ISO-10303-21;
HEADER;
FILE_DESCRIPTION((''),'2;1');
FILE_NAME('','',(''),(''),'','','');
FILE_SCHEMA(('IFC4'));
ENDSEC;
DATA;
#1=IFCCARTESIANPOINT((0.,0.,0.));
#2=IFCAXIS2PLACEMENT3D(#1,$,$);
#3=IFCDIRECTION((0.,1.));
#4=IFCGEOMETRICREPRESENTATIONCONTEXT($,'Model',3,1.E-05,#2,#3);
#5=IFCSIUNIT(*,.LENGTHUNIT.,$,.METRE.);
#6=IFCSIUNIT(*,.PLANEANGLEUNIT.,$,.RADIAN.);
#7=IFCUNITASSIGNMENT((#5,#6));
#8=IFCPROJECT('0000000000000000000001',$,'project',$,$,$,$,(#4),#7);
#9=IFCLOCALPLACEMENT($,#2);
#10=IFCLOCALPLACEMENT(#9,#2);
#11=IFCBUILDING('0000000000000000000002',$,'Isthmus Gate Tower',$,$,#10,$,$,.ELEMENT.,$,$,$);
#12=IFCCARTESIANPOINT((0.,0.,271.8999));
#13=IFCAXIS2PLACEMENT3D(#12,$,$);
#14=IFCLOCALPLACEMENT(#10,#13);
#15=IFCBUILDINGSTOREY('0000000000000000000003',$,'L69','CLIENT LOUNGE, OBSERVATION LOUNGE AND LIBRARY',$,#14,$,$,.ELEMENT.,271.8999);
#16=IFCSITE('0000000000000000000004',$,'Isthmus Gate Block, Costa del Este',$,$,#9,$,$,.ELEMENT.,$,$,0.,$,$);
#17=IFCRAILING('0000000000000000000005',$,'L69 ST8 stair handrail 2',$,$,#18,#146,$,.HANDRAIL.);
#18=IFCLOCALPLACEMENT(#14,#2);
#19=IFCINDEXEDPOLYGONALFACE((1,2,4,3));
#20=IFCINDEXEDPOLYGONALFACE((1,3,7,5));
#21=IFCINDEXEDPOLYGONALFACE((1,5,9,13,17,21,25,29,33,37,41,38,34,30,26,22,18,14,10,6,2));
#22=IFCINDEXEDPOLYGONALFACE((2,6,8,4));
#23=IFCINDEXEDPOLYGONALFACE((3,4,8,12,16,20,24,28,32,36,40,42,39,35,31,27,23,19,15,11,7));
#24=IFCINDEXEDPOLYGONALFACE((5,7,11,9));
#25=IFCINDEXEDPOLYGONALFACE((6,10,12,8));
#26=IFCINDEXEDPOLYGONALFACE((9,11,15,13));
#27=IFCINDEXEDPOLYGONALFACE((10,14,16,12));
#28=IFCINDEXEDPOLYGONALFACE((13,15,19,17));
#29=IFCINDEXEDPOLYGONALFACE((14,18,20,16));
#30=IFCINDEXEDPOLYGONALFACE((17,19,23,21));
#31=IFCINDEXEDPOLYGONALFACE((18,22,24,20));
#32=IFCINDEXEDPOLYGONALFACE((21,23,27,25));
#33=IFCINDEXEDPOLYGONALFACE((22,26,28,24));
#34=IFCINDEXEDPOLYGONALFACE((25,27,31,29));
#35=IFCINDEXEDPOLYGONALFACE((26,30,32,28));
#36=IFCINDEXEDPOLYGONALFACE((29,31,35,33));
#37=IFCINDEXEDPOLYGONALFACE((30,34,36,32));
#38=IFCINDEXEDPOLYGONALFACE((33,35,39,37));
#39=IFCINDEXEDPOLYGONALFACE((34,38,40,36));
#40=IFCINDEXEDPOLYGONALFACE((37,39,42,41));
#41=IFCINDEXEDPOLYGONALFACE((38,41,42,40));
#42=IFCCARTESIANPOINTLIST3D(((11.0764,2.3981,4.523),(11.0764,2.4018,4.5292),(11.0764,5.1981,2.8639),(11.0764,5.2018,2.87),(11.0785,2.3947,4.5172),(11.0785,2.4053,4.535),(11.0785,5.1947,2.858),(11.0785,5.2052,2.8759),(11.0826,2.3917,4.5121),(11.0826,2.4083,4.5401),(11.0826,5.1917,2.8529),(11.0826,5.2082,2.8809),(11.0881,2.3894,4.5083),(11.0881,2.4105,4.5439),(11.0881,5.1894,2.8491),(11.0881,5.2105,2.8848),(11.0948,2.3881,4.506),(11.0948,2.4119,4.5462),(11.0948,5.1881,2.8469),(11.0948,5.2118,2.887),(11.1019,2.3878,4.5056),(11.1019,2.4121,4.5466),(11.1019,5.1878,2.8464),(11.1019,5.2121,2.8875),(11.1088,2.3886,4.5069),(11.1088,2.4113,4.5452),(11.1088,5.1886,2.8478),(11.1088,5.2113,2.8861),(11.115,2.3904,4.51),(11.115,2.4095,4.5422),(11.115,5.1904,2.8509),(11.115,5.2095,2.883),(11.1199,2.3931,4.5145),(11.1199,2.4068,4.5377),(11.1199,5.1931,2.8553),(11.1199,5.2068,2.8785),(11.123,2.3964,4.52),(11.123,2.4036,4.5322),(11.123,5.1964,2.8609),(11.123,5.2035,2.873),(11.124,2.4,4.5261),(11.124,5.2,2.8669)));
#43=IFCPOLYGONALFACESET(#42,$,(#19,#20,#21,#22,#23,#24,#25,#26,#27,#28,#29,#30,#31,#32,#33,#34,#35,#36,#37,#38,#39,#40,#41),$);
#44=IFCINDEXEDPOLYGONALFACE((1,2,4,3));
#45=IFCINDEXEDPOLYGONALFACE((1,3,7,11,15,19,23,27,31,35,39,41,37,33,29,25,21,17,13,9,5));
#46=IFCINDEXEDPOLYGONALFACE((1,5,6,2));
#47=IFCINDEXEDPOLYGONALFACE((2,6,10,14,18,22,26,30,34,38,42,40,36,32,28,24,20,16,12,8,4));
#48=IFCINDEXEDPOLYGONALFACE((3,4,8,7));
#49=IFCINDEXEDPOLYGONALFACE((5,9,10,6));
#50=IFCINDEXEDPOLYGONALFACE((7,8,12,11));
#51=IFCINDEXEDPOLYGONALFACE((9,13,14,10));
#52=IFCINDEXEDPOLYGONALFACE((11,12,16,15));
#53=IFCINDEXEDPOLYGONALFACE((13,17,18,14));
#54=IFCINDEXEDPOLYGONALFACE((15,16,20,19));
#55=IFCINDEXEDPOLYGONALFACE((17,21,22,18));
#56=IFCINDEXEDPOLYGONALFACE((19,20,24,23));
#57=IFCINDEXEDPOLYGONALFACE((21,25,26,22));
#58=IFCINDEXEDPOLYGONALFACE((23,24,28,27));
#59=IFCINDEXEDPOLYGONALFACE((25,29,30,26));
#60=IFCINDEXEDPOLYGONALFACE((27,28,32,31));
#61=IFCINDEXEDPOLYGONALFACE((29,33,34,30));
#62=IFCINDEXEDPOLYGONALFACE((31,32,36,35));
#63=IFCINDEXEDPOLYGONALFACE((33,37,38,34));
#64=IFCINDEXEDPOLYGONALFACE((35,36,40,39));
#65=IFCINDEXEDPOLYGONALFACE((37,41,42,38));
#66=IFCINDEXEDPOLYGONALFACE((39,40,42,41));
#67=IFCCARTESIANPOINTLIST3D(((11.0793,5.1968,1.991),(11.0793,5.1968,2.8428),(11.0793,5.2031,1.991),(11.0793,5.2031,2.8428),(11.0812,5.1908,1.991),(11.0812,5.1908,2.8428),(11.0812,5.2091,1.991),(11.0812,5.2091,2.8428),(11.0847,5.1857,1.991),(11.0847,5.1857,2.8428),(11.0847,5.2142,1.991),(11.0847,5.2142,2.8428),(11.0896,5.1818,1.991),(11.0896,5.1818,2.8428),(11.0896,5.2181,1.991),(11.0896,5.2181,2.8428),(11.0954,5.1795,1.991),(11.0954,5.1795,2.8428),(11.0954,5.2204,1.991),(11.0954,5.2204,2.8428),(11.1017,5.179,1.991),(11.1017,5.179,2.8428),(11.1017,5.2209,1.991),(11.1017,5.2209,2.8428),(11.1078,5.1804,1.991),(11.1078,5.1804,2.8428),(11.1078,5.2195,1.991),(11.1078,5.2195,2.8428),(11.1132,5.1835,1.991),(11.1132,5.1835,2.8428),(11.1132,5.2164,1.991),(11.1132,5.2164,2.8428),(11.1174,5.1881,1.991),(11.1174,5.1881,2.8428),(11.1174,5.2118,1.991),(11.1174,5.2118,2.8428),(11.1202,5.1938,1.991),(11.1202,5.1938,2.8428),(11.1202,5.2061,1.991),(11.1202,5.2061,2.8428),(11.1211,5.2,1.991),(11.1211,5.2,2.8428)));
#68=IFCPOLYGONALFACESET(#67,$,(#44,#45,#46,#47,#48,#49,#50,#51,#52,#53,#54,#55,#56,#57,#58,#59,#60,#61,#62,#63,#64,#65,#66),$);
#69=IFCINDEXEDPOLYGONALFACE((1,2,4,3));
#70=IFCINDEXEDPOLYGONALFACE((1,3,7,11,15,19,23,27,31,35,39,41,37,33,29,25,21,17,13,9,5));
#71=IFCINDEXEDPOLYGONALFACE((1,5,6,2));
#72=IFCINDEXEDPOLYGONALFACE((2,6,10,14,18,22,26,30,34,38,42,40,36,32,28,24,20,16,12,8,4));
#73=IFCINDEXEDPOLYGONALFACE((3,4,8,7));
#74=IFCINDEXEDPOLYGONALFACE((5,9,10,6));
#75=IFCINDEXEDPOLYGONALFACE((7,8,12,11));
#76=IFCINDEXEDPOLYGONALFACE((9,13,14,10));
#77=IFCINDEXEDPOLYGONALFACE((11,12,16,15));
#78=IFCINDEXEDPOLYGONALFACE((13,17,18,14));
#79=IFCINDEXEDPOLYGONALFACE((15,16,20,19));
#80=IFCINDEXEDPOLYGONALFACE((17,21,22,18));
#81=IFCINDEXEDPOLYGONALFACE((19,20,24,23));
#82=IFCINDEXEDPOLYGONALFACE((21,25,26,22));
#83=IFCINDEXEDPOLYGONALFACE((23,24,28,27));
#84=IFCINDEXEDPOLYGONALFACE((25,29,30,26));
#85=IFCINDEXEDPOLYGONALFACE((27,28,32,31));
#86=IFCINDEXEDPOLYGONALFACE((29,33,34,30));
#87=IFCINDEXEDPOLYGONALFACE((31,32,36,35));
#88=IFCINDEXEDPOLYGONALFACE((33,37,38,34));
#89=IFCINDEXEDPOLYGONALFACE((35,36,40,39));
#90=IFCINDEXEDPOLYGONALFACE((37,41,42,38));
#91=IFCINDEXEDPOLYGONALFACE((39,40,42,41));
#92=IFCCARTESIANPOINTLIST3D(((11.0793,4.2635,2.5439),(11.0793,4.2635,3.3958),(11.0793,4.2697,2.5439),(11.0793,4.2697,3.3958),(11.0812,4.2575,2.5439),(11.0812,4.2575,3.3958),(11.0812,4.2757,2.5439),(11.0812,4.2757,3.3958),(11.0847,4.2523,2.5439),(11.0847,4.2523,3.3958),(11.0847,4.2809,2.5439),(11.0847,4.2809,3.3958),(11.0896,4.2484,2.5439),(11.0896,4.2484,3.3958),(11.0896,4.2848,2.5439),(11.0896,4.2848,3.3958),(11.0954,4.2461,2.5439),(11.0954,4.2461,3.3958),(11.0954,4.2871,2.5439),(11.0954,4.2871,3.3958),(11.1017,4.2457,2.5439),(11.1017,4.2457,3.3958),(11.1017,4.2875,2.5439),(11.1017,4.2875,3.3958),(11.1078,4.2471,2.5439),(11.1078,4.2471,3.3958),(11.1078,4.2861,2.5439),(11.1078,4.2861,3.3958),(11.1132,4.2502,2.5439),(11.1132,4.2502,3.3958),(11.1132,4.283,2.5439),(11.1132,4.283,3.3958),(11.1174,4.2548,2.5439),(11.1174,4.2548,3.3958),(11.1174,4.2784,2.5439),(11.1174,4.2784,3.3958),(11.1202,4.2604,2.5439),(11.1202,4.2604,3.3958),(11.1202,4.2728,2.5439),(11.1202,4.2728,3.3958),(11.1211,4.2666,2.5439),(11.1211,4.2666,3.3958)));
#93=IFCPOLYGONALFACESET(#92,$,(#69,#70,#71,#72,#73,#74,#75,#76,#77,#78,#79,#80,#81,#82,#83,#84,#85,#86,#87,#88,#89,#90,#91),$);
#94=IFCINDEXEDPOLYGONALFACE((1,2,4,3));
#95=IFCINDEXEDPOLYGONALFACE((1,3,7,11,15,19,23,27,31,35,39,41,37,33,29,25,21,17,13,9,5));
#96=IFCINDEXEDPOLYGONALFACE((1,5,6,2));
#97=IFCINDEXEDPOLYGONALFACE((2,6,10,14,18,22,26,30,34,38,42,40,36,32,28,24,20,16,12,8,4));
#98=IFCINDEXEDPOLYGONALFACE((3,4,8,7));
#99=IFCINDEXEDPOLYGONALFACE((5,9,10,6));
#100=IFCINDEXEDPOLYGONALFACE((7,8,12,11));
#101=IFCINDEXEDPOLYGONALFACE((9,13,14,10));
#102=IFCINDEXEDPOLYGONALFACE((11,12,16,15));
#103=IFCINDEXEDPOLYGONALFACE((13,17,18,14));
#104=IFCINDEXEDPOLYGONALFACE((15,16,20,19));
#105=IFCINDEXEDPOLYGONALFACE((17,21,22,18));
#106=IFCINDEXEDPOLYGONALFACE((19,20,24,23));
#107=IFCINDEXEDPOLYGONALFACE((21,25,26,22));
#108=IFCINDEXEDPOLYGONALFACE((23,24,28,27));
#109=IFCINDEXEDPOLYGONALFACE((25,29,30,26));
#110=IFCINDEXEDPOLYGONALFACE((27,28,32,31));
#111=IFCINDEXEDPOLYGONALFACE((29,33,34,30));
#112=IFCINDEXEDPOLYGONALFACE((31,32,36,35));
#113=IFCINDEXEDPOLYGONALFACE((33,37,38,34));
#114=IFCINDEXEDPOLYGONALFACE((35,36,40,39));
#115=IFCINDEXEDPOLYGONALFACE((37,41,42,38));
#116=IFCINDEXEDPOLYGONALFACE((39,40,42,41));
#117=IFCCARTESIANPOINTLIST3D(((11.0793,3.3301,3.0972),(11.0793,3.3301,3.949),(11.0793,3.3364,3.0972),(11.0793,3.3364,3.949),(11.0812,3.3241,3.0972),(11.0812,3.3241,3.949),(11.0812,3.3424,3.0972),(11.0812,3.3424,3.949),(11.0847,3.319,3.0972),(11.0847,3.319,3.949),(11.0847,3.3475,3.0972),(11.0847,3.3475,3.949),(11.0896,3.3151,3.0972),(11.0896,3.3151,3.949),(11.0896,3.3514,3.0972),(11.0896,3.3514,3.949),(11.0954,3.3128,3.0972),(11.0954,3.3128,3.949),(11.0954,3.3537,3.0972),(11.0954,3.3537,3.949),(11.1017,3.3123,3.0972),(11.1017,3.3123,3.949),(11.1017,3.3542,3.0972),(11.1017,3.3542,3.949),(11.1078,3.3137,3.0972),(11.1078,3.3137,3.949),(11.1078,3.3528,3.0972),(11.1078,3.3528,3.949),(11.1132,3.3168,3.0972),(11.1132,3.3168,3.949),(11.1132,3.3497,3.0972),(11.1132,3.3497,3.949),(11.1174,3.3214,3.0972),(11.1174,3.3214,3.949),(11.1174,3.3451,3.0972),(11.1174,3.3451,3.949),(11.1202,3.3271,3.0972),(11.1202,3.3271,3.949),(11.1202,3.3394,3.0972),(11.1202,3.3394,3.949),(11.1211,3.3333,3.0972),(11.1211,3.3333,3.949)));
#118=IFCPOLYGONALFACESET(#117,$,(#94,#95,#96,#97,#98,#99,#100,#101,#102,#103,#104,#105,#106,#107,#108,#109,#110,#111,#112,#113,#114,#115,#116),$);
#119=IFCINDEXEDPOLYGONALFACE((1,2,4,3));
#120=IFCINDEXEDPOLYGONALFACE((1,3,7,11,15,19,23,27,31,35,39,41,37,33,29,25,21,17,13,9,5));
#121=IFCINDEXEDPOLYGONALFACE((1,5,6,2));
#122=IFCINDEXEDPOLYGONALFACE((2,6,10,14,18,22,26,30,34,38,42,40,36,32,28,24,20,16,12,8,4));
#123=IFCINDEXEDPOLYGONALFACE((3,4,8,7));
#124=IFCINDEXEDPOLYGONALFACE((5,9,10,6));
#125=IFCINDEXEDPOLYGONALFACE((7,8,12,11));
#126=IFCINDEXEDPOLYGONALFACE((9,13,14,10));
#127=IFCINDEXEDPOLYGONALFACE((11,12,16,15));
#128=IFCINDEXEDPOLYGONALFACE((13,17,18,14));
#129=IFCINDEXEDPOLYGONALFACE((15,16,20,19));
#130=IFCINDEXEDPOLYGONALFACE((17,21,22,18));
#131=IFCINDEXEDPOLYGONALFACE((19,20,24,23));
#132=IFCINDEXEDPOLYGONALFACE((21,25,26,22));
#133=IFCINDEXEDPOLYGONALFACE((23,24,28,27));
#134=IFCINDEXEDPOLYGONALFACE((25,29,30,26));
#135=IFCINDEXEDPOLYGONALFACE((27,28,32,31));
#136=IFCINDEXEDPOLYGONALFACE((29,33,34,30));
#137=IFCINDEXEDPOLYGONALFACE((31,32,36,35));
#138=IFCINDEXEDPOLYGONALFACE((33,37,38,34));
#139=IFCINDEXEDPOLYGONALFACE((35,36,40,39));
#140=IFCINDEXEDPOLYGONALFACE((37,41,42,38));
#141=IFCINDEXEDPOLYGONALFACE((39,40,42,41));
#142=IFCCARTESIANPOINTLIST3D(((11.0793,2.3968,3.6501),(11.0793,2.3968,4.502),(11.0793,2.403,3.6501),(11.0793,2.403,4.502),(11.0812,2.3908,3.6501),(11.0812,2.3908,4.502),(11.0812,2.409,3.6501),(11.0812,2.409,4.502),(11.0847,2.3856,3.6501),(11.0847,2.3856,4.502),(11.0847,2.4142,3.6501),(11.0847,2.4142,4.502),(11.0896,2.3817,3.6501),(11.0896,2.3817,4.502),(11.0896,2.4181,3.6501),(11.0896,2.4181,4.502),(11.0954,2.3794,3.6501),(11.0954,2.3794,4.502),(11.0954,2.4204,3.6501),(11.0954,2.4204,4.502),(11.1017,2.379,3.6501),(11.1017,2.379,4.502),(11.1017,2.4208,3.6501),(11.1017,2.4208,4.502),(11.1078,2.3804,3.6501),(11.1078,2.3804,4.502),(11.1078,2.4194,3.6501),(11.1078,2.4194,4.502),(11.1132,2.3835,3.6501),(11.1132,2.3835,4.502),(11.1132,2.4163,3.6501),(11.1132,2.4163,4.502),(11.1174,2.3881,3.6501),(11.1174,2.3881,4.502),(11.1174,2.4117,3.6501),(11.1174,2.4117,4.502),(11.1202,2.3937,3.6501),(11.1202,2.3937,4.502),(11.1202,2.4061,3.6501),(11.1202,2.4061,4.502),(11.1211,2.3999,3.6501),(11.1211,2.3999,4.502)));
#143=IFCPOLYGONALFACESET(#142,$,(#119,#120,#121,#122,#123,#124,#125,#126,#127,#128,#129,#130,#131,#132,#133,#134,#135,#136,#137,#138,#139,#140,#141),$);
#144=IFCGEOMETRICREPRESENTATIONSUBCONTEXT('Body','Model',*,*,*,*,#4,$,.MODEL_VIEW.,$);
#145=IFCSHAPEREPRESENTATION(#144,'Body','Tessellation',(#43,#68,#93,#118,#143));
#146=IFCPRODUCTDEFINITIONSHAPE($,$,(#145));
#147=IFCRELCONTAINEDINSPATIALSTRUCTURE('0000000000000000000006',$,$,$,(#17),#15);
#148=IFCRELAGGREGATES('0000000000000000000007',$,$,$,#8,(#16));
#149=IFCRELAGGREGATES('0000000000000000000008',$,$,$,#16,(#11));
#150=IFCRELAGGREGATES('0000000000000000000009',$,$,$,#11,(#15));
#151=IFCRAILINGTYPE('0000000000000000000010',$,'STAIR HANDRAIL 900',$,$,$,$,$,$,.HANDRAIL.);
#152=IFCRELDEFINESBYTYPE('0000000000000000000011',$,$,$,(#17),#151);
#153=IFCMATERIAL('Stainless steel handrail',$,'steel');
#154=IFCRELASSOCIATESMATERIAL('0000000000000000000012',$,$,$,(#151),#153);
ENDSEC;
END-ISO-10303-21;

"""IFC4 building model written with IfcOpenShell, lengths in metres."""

from ifc_helpers import new_model, si_unit, direction, frame, origin, origin_2d, place, context, subcontext, project, spatial, circle, extrude, material, type_object, element, save


model = new_model("IFC4")

# Units and contexts
model_context = context("Model", 3, precision=1e-05, world=origin(), true_north=direction((0.0, 1.0)))
body_context = subcontext(model_context, "Body", "Model", "MODEL_VIEW")
ifc_project = project(units=[si_unit("LENGTHUNIT", "METRE"), si_unit("PLANEANGLEUNIT", "RADIAN")], contexts=[model_context])

# Site, building, storey
site_placement = place(None, origin())
site = spatial("IfcSite", under=ifc_project, at=site_placement, Name="Isthmus Gate Block, Costa del Este", CompositionType="ELEMENT", RefElevation=0.0)
building_placement = place(site_placement, origin())
building = spatial("IfcBuilding", under=site, at=building_placement, Name="Isthmus Gate Tower", CompositionType="ELEMENT")
storey_placement = place(building_placement, frame((0.0, 0.0, 271.8999)))
storey = spatial("IfcBuildingStorey", under=building, at=storey_placement, Name="L69", Description="CLIENT LOUNGE, OBSERVATION LOUNGE AND LIBRARY", CompositionType="ELEMENT", Elevation=271.8999)

# Railing
ifc_material_1 = material(Name="Stainless steel handrail", Category="steel")
railing_type = type_object("IfcRailingType", Name="STAIR HANDRAIL 900", PredefinedType="HANDRAIL", material=ifc_material_1)
for number, where, name in (
    (1, (11.1001, 5.2, 1.991), "L69 ST8 stair handrail 2"),
):
    element("IfcRailing", number, at=place(storey_placement, frame(where)), inside=storey, type_object=railing_type, Name=name, PredefinedType="HANDRAIL", context=body_context, shape_type="SweptSolid", body=[
        extrude(circle(Radius=0.0239, at=origin_2d()), frame((0.0, 0.0, 0.876), z_axis=(0.0, -0.860306, 0.509778), x_axis=(1.0, 0.0, 0.0)), (0.0, 0.0, 1.0), 3.2546),
        extrude(circle(Radius=0.021, at=origin_2d()), origin(), (0.0, 0.0, 1.0), 0.8518),
        extrude(circle(Radius=0.021, at=origin_2d()), frame((0.0, -0.9333, 0.553)), (0.0, 0.0, 1.0), 0.8518),
        extrude(circle(Radius=0.021, at=origin_2d()), frame((0.0, -1.8667, 1.1062)), (0.0, 0.0, 1.0), 0.8518),
        extrude(circle(Radius=0.021, at=origin_2d()), frame((0.0, -2.8, 1.6592)), (0.0, 0.0, 1.0), 0.8518),
    ])

save(model, "model.ifc")
